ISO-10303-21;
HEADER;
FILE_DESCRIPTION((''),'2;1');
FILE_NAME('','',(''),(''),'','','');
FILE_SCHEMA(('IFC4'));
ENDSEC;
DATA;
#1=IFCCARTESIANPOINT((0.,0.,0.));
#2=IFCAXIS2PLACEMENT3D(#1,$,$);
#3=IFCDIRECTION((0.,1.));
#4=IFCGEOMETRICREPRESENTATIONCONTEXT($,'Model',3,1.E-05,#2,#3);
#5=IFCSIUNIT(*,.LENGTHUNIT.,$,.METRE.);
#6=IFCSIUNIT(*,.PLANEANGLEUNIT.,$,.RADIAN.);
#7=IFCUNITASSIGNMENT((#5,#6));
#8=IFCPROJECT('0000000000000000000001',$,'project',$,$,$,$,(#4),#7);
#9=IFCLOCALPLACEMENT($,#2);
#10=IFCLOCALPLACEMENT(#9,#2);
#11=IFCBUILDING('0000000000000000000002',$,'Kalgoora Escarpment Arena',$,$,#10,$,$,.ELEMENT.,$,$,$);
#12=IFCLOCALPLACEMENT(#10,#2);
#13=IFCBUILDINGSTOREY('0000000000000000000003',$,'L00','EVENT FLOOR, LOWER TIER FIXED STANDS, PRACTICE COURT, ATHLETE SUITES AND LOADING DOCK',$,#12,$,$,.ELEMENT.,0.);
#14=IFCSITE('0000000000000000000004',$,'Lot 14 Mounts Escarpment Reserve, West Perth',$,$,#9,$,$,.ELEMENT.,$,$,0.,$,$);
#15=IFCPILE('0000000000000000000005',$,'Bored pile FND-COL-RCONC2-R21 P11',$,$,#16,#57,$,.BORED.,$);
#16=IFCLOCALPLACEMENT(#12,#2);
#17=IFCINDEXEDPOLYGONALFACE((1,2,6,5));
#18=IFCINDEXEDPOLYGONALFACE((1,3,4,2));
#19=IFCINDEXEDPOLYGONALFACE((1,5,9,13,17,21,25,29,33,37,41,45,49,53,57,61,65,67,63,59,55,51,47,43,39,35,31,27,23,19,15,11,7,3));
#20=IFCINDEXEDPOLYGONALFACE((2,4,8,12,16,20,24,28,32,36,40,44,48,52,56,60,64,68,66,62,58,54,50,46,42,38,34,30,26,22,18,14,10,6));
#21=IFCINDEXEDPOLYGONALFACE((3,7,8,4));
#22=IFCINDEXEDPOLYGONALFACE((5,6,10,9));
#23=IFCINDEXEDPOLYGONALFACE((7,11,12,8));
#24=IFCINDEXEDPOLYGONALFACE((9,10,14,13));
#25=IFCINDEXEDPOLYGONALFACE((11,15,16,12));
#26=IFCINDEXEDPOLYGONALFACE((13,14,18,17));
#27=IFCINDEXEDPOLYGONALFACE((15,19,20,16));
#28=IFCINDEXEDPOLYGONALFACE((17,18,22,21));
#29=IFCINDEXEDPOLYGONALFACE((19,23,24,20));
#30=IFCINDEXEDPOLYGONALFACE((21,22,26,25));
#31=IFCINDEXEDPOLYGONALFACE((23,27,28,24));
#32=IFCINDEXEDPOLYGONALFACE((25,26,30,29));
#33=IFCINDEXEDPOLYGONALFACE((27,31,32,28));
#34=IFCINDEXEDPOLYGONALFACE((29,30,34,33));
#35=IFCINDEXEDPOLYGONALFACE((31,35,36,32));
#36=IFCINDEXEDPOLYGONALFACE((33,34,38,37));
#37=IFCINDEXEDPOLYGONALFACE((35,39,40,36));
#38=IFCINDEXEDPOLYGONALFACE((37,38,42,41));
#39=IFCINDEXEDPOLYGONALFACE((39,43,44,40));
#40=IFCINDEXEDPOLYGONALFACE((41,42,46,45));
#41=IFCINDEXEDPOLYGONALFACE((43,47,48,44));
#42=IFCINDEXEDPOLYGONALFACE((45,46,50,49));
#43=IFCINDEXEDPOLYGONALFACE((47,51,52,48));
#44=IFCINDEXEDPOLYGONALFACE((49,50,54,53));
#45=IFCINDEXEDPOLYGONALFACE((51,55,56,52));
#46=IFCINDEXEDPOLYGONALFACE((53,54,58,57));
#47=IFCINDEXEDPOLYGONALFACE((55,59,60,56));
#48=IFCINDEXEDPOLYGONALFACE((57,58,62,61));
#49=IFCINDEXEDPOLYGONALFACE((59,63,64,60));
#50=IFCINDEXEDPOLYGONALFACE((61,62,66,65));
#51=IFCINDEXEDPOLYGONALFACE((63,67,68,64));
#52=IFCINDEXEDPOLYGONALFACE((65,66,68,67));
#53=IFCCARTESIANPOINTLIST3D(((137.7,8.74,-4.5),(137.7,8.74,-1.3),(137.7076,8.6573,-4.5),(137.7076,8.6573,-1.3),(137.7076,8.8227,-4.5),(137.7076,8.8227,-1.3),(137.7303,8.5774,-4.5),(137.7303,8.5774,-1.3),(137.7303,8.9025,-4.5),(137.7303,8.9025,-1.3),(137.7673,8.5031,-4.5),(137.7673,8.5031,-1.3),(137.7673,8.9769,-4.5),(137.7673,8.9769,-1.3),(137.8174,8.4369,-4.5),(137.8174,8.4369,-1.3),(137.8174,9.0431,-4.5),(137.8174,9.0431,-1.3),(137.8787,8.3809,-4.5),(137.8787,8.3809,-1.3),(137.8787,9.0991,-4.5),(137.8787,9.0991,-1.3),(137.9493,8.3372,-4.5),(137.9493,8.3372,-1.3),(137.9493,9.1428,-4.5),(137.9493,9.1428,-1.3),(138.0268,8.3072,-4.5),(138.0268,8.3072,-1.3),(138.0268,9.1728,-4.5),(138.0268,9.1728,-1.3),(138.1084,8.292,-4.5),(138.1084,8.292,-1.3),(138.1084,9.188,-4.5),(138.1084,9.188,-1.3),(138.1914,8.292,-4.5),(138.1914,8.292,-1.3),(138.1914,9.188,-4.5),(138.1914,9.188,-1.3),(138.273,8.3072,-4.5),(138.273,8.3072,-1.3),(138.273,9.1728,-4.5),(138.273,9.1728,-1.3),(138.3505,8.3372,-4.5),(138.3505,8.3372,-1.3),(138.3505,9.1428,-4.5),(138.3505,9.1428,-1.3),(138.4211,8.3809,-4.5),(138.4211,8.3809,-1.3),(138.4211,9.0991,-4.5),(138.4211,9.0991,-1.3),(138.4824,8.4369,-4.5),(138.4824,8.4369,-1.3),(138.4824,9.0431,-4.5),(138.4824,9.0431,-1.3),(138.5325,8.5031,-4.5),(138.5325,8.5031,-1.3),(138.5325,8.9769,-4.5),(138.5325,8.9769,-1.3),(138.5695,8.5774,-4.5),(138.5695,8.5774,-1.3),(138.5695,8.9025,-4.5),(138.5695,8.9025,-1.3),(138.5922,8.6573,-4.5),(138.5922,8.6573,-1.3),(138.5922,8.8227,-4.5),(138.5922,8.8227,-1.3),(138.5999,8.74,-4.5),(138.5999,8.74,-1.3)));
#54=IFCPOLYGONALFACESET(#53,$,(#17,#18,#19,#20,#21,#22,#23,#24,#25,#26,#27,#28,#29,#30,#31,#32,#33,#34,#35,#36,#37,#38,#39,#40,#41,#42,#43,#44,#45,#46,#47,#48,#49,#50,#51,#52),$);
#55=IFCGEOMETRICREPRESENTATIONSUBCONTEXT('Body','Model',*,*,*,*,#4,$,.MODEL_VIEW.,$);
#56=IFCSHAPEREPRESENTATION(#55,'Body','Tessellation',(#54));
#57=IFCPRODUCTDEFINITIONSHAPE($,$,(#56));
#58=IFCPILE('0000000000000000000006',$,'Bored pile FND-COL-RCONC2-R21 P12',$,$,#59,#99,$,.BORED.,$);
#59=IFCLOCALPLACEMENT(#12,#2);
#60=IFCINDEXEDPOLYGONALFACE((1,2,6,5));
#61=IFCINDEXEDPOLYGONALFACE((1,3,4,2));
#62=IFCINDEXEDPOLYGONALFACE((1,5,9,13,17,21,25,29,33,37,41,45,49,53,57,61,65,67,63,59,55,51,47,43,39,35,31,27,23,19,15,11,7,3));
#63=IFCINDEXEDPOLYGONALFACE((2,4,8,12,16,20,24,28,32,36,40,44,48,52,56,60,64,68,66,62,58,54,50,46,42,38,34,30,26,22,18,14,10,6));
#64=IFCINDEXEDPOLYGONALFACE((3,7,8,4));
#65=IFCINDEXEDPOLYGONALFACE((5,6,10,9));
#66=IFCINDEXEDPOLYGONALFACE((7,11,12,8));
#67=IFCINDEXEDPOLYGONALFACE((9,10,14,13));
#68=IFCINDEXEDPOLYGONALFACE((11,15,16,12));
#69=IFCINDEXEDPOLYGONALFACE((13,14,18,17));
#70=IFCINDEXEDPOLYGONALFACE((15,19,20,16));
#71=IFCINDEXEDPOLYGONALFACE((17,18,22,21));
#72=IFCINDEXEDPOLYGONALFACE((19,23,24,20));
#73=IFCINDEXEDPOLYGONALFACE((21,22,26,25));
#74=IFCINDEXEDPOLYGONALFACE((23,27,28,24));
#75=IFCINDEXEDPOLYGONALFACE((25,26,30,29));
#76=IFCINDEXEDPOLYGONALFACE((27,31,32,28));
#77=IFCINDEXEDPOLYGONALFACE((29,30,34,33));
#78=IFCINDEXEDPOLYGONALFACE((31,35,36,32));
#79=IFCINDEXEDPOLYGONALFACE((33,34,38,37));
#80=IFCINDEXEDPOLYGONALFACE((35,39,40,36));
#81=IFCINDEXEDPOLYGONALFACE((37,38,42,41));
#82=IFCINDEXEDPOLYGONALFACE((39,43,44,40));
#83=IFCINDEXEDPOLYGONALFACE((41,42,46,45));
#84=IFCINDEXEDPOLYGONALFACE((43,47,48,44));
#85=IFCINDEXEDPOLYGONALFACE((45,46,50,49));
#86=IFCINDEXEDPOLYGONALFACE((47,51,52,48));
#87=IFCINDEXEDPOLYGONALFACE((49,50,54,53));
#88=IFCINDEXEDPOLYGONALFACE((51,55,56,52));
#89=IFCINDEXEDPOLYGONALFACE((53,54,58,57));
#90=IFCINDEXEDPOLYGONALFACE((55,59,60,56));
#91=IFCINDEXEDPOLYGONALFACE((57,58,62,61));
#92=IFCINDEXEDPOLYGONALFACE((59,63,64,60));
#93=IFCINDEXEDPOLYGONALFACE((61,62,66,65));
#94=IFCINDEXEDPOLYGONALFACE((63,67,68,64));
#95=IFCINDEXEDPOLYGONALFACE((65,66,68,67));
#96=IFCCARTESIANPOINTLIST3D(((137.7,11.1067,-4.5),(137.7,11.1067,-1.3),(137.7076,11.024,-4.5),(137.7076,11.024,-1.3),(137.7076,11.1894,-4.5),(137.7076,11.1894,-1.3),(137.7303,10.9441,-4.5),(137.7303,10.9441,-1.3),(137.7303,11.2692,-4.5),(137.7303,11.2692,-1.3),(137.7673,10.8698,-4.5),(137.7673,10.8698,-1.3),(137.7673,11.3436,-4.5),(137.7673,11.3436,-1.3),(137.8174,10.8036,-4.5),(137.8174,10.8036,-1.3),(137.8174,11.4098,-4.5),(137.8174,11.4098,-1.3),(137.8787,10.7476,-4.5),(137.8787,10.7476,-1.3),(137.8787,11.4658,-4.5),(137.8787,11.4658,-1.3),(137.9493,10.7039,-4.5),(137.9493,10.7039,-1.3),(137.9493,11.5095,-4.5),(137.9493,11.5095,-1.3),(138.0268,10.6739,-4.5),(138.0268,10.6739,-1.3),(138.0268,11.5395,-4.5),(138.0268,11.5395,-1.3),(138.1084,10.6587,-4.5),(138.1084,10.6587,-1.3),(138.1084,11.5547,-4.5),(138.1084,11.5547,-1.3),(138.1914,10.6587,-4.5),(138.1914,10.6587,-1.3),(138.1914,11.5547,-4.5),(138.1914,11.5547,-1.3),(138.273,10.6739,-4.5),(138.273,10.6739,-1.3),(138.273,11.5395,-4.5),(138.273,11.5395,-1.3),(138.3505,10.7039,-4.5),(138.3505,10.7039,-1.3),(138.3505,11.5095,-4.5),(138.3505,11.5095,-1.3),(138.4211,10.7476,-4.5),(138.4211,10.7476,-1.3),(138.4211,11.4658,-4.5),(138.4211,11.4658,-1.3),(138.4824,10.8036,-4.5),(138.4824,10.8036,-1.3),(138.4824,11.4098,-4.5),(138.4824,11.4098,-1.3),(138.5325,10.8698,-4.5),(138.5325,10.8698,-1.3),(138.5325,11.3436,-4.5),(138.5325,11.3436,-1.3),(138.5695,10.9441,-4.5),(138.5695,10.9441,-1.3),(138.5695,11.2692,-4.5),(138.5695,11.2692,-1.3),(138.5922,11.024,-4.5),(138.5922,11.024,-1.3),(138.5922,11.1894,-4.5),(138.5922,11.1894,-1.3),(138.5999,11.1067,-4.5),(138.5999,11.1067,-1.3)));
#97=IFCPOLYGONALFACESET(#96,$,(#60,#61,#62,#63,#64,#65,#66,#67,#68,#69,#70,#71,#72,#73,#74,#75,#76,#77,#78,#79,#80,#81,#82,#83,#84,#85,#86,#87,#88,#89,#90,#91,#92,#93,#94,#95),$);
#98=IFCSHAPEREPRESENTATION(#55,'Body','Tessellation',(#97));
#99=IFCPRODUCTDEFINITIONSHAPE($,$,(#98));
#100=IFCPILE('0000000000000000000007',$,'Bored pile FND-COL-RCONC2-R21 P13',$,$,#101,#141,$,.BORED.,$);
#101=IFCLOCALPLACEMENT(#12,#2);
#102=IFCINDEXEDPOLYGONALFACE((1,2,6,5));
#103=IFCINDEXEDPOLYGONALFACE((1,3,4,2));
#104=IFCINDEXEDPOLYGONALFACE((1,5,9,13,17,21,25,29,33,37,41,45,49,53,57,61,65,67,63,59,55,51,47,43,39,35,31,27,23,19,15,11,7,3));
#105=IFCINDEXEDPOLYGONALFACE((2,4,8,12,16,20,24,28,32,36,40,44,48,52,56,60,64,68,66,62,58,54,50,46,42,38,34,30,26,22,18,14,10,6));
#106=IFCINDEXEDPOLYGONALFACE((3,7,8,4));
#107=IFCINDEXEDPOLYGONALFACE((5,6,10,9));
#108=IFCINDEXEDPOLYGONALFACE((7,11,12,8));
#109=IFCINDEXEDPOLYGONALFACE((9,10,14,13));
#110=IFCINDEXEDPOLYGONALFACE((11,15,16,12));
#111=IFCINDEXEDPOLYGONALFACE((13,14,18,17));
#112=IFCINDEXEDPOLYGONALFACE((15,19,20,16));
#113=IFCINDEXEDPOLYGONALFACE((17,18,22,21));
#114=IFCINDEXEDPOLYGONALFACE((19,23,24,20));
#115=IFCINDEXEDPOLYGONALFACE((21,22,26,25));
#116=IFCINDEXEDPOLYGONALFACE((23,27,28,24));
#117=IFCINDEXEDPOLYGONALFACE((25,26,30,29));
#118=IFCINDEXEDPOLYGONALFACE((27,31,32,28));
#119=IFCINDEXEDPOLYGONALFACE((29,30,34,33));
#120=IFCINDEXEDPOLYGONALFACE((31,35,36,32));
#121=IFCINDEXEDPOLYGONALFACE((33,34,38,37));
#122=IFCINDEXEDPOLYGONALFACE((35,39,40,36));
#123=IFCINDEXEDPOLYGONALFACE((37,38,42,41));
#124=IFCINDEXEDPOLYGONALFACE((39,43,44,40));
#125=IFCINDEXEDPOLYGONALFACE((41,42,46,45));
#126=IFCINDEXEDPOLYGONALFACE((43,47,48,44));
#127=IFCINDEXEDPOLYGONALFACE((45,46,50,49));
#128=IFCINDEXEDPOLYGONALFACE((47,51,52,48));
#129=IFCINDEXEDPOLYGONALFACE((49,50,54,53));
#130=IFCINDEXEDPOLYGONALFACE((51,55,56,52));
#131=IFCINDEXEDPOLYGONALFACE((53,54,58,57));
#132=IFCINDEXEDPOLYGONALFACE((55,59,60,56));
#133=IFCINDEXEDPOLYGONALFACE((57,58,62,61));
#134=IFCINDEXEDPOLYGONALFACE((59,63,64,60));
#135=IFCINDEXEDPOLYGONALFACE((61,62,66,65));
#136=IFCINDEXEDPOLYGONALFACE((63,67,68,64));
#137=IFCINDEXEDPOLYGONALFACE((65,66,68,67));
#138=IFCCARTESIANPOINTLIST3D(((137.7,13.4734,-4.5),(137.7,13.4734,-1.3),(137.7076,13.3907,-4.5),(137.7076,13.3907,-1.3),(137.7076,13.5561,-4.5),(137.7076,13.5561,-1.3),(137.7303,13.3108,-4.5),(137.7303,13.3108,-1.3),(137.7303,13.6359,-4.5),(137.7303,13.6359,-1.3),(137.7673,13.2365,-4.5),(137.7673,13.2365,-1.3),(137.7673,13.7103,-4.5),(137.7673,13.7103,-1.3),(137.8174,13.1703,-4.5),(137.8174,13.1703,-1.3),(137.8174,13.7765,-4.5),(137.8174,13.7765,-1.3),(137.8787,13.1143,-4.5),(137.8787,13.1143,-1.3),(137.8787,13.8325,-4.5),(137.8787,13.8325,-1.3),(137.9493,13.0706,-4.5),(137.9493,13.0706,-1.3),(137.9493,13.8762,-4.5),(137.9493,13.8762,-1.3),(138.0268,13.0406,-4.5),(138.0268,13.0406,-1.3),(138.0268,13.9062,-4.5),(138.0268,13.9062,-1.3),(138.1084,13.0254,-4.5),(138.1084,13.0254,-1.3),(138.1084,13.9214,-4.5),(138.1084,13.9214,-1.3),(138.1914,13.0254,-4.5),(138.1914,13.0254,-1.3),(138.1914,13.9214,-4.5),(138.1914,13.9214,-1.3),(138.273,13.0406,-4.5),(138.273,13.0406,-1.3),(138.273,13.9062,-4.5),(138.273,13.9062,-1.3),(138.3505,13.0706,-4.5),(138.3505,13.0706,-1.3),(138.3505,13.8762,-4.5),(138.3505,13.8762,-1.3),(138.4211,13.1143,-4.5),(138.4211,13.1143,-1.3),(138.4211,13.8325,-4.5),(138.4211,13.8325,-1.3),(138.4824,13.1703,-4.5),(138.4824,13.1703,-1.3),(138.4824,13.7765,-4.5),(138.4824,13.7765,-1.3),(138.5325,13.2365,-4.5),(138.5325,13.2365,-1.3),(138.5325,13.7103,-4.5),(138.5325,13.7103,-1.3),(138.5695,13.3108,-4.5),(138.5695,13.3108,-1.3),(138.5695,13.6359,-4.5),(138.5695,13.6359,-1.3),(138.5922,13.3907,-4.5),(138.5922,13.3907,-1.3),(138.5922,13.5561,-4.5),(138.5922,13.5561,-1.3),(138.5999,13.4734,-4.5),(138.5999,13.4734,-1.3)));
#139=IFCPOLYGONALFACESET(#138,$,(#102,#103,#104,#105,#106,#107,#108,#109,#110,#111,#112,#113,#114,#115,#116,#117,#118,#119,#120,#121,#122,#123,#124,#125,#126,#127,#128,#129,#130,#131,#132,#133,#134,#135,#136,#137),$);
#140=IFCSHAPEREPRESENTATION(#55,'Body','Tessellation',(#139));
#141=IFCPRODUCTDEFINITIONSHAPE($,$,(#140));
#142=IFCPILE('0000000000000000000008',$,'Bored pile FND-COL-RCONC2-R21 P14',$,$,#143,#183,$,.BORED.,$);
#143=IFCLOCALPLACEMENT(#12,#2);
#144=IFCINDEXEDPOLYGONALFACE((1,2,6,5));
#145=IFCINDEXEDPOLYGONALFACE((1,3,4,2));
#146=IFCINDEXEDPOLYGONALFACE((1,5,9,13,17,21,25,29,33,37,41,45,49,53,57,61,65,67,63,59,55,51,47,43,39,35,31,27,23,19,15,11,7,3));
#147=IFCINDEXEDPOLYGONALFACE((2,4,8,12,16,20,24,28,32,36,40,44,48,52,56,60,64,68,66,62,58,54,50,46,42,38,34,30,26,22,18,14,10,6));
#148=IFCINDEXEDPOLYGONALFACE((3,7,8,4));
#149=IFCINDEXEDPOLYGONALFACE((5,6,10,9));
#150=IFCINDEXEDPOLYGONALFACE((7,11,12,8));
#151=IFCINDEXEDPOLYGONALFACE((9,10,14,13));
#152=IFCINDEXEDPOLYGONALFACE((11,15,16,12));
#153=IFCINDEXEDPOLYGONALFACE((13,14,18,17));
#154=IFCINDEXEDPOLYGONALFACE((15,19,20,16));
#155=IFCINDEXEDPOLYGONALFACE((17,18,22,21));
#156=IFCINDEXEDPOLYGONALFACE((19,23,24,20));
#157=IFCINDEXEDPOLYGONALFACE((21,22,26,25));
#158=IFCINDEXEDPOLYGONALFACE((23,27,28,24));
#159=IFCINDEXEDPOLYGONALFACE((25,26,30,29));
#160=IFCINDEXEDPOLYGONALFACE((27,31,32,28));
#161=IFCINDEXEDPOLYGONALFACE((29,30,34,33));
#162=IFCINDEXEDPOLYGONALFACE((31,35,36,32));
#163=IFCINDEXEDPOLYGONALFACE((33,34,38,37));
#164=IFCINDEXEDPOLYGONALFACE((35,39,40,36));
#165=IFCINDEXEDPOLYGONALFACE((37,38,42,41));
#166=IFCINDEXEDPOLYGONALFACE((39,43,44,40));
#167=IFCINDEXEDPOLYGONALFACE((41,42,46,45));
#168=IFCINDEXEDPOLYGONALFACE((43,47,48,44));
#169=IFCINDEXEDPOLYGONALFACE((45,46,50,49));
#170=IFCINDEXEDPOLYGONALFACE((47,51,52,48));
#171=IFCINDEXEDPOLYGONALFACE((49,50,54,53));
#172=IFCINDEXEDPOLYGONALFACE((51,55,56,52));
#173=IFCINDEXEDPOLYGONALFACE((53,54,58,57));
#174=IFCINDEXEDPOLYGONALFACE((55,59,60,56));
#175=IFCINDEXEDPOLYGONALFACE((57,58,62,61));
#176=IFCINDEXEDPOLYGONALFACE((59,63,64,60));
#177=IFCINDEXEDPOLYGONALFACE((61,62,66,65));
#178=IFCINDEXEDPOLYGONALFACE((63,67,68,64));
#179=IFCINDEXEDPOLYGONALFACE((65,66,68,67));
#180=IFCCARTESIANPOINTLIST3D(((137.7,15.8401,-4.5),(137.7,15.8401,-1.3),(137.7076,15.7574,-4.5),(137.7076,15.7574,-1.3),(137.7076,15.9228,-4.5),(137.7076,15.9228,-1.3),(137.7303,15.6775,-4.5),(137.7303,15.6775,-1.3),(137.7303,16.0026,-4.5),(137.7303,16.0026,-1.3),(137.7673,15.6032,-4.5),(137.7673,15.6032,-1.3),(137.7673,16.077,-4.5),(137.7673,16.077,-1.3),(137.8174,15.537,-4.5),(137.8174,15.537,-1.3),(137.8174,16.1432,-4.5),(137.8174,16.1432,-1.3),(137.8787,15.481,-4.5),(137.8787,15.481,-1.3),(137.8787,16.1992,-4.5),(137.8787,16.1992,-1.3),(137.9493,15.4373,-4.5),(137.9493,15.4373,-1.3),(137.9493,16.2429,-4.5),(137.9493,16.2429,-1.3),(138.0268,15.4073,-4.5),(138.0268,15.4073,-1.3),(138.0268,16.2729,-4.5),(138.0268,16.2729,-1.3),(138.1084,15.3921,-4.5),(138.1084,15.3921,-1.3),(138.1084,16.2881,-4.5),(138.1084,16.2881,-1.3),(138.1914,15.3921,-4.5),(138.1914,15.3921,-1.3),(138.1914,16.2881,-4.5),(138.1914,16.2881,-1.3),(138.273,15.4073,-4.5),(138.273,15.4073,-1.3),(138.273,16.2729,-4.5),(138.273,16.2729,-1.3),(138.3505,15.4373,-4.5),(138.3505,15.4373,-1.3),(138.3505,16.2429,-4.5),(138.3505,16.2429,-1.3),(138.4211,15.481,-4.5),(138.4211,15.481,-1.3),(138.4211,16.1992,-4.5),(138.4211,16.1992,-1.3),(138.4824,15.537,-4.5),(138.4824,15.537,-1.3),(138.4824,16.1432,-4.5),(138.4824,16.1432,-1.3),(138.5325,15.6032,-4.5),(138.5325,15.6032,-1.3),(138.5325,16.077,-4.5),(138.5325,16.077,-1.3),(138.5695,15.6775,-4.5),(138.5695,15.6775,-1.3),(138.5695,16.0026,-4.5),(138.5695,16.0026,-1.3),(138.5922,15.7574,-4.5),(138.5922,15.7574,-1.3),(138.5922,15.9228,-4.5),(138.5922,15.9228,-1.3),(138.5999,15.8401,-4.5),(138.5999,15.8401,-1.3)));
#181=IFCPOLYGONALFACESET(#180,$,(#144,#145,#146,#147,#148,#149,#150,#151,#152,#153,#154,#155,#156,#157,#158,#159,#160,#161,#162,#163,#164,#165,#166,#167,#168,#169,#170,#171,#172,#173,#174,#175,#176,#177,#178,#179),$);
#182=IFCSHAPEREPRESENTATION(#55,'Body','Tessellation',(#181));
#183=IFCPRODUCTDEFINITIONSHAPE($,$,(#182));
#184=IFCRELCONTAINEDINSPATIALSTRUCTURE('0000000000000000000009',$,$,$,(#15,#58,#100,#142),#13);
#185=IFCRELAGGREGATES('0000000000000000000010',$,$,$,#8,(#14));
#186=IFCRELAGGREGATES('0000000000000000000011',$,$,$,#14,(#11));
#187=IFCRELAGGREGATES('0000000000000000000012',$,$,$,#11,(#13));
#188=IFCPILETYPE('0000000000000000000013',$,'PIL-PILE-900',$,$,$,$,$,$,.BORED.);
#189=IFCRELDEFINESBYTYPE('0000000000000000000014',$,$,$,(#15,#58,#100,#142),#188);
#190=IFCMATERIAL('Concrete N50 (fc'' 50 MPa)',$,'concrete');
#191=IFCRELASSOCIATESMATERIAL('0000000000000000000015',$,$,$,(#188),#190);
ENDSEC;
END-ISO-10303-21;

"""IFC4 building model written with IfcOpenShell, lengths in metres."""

from ifc_helpers import new_model, si_unit, direction, frame, origin, origin_2d, place, context, subcontext, project, spatial, circle, extrude, material, material_profile, profile_set, type_object, element, save


model = new_model("IFC4")

# Units and contexts
model_context = context("Model", 3, precision=1e-05, world=origin(), true_north=direction((0.0, 1.0)))
body_context = subcontext(model_context, "Body", "Model", "MODEL_VIEW")
ifc_project = project(units=[si_unit("LENGTHUNIT", "METRE"), si_unit("PLANEANGLEUNIT", "RADIAN")], contexts=[model_context])

# Site, building, storey
site_placement = place(None, origin())
site = spatial("IfcSite", under=ifc_project, at=site_placement, Name="Lot 14 Mounts Escarpment Reserve, West Perth", CompositionType="ELEMENT", RefElevation=0.0)
building_placement = place(site_placement, origin())
building = spatial("IfcBuilding", under=site, at=building_placement, Name="Kalgoora Escarpment Arena", CompositionType="ELEMENT")
storey_placement = place(building_placement, origin())
storey = spatial("IfcBuildingStorey", under=building, at=storey_placement, Name="L00", Description="EVENT FLOOR, LOWER TIER FIXED STANDS, PRACTICE COURT, ATHLETE SUITES AND LOADING DOCK", CompositionType="ELEMENT", Elevation=0.0)

# Piles
ifc_material_1 = material(Name="Concrete N50 (fc' 50 MPa)", Category="concrete")
ifc_material_profile_1 = material_profile(ifc_material_1, circle(Radius=0.45, at=origin_2d()))
ifc_profile_set_1 = profile_set([ifc_material_profile_1], Name="Concrete N50 (fc' 50 MPa)")
pile_type_1 = type_object("IfcPileType", Name="PIL-PILE-900", PredefinedType="BORED", material=ifc_profile_set_1)
for number, where, z_axis, x_axis, name in (
    (1, (138.1499, 8.74, -1.3), (0.0, 0.0, -1.0), (1.0, 0.0, 0.0), "Bored pile FND-COL-RCONC2-R21 P11"),
    (2, (138.1499, 11.1067, -1.3), (0.0, 0.0, -1.0), (1.0, 0.0, 0.0), "Bored pile FND-COL-RCONC2-R21 P12"),
    (3, (138.1499, 13.4734, -1.3), (0.0, 0.0, -1.0), (1.0, 0.0, 0.0), "Bored pile FND-COL-RCONC2-R21 P13"),
    (4, (138.1499, 15.8401, -1.3), (0.0, 0.0, -1.0), (1.0, 0.0, 0.0), "Bored pile FND-COL-RCONC2-R21 P14"),
):
    element("IfcPile", number, at=place(storey_placement, frame(where, z_axis=z_axis, x_axis=x_axis)), inside=storey, type_object=pile_type_1, Name=name, PredefinedType="BORED", context=body_context, shape_type="SweptSolid", body=[
        extrude(circle(Radius=0.45, at=origin_2d()), origin(), (0.0, 0.0, 1.0), 3.2),
    ])

save(model, "model.ifc")
